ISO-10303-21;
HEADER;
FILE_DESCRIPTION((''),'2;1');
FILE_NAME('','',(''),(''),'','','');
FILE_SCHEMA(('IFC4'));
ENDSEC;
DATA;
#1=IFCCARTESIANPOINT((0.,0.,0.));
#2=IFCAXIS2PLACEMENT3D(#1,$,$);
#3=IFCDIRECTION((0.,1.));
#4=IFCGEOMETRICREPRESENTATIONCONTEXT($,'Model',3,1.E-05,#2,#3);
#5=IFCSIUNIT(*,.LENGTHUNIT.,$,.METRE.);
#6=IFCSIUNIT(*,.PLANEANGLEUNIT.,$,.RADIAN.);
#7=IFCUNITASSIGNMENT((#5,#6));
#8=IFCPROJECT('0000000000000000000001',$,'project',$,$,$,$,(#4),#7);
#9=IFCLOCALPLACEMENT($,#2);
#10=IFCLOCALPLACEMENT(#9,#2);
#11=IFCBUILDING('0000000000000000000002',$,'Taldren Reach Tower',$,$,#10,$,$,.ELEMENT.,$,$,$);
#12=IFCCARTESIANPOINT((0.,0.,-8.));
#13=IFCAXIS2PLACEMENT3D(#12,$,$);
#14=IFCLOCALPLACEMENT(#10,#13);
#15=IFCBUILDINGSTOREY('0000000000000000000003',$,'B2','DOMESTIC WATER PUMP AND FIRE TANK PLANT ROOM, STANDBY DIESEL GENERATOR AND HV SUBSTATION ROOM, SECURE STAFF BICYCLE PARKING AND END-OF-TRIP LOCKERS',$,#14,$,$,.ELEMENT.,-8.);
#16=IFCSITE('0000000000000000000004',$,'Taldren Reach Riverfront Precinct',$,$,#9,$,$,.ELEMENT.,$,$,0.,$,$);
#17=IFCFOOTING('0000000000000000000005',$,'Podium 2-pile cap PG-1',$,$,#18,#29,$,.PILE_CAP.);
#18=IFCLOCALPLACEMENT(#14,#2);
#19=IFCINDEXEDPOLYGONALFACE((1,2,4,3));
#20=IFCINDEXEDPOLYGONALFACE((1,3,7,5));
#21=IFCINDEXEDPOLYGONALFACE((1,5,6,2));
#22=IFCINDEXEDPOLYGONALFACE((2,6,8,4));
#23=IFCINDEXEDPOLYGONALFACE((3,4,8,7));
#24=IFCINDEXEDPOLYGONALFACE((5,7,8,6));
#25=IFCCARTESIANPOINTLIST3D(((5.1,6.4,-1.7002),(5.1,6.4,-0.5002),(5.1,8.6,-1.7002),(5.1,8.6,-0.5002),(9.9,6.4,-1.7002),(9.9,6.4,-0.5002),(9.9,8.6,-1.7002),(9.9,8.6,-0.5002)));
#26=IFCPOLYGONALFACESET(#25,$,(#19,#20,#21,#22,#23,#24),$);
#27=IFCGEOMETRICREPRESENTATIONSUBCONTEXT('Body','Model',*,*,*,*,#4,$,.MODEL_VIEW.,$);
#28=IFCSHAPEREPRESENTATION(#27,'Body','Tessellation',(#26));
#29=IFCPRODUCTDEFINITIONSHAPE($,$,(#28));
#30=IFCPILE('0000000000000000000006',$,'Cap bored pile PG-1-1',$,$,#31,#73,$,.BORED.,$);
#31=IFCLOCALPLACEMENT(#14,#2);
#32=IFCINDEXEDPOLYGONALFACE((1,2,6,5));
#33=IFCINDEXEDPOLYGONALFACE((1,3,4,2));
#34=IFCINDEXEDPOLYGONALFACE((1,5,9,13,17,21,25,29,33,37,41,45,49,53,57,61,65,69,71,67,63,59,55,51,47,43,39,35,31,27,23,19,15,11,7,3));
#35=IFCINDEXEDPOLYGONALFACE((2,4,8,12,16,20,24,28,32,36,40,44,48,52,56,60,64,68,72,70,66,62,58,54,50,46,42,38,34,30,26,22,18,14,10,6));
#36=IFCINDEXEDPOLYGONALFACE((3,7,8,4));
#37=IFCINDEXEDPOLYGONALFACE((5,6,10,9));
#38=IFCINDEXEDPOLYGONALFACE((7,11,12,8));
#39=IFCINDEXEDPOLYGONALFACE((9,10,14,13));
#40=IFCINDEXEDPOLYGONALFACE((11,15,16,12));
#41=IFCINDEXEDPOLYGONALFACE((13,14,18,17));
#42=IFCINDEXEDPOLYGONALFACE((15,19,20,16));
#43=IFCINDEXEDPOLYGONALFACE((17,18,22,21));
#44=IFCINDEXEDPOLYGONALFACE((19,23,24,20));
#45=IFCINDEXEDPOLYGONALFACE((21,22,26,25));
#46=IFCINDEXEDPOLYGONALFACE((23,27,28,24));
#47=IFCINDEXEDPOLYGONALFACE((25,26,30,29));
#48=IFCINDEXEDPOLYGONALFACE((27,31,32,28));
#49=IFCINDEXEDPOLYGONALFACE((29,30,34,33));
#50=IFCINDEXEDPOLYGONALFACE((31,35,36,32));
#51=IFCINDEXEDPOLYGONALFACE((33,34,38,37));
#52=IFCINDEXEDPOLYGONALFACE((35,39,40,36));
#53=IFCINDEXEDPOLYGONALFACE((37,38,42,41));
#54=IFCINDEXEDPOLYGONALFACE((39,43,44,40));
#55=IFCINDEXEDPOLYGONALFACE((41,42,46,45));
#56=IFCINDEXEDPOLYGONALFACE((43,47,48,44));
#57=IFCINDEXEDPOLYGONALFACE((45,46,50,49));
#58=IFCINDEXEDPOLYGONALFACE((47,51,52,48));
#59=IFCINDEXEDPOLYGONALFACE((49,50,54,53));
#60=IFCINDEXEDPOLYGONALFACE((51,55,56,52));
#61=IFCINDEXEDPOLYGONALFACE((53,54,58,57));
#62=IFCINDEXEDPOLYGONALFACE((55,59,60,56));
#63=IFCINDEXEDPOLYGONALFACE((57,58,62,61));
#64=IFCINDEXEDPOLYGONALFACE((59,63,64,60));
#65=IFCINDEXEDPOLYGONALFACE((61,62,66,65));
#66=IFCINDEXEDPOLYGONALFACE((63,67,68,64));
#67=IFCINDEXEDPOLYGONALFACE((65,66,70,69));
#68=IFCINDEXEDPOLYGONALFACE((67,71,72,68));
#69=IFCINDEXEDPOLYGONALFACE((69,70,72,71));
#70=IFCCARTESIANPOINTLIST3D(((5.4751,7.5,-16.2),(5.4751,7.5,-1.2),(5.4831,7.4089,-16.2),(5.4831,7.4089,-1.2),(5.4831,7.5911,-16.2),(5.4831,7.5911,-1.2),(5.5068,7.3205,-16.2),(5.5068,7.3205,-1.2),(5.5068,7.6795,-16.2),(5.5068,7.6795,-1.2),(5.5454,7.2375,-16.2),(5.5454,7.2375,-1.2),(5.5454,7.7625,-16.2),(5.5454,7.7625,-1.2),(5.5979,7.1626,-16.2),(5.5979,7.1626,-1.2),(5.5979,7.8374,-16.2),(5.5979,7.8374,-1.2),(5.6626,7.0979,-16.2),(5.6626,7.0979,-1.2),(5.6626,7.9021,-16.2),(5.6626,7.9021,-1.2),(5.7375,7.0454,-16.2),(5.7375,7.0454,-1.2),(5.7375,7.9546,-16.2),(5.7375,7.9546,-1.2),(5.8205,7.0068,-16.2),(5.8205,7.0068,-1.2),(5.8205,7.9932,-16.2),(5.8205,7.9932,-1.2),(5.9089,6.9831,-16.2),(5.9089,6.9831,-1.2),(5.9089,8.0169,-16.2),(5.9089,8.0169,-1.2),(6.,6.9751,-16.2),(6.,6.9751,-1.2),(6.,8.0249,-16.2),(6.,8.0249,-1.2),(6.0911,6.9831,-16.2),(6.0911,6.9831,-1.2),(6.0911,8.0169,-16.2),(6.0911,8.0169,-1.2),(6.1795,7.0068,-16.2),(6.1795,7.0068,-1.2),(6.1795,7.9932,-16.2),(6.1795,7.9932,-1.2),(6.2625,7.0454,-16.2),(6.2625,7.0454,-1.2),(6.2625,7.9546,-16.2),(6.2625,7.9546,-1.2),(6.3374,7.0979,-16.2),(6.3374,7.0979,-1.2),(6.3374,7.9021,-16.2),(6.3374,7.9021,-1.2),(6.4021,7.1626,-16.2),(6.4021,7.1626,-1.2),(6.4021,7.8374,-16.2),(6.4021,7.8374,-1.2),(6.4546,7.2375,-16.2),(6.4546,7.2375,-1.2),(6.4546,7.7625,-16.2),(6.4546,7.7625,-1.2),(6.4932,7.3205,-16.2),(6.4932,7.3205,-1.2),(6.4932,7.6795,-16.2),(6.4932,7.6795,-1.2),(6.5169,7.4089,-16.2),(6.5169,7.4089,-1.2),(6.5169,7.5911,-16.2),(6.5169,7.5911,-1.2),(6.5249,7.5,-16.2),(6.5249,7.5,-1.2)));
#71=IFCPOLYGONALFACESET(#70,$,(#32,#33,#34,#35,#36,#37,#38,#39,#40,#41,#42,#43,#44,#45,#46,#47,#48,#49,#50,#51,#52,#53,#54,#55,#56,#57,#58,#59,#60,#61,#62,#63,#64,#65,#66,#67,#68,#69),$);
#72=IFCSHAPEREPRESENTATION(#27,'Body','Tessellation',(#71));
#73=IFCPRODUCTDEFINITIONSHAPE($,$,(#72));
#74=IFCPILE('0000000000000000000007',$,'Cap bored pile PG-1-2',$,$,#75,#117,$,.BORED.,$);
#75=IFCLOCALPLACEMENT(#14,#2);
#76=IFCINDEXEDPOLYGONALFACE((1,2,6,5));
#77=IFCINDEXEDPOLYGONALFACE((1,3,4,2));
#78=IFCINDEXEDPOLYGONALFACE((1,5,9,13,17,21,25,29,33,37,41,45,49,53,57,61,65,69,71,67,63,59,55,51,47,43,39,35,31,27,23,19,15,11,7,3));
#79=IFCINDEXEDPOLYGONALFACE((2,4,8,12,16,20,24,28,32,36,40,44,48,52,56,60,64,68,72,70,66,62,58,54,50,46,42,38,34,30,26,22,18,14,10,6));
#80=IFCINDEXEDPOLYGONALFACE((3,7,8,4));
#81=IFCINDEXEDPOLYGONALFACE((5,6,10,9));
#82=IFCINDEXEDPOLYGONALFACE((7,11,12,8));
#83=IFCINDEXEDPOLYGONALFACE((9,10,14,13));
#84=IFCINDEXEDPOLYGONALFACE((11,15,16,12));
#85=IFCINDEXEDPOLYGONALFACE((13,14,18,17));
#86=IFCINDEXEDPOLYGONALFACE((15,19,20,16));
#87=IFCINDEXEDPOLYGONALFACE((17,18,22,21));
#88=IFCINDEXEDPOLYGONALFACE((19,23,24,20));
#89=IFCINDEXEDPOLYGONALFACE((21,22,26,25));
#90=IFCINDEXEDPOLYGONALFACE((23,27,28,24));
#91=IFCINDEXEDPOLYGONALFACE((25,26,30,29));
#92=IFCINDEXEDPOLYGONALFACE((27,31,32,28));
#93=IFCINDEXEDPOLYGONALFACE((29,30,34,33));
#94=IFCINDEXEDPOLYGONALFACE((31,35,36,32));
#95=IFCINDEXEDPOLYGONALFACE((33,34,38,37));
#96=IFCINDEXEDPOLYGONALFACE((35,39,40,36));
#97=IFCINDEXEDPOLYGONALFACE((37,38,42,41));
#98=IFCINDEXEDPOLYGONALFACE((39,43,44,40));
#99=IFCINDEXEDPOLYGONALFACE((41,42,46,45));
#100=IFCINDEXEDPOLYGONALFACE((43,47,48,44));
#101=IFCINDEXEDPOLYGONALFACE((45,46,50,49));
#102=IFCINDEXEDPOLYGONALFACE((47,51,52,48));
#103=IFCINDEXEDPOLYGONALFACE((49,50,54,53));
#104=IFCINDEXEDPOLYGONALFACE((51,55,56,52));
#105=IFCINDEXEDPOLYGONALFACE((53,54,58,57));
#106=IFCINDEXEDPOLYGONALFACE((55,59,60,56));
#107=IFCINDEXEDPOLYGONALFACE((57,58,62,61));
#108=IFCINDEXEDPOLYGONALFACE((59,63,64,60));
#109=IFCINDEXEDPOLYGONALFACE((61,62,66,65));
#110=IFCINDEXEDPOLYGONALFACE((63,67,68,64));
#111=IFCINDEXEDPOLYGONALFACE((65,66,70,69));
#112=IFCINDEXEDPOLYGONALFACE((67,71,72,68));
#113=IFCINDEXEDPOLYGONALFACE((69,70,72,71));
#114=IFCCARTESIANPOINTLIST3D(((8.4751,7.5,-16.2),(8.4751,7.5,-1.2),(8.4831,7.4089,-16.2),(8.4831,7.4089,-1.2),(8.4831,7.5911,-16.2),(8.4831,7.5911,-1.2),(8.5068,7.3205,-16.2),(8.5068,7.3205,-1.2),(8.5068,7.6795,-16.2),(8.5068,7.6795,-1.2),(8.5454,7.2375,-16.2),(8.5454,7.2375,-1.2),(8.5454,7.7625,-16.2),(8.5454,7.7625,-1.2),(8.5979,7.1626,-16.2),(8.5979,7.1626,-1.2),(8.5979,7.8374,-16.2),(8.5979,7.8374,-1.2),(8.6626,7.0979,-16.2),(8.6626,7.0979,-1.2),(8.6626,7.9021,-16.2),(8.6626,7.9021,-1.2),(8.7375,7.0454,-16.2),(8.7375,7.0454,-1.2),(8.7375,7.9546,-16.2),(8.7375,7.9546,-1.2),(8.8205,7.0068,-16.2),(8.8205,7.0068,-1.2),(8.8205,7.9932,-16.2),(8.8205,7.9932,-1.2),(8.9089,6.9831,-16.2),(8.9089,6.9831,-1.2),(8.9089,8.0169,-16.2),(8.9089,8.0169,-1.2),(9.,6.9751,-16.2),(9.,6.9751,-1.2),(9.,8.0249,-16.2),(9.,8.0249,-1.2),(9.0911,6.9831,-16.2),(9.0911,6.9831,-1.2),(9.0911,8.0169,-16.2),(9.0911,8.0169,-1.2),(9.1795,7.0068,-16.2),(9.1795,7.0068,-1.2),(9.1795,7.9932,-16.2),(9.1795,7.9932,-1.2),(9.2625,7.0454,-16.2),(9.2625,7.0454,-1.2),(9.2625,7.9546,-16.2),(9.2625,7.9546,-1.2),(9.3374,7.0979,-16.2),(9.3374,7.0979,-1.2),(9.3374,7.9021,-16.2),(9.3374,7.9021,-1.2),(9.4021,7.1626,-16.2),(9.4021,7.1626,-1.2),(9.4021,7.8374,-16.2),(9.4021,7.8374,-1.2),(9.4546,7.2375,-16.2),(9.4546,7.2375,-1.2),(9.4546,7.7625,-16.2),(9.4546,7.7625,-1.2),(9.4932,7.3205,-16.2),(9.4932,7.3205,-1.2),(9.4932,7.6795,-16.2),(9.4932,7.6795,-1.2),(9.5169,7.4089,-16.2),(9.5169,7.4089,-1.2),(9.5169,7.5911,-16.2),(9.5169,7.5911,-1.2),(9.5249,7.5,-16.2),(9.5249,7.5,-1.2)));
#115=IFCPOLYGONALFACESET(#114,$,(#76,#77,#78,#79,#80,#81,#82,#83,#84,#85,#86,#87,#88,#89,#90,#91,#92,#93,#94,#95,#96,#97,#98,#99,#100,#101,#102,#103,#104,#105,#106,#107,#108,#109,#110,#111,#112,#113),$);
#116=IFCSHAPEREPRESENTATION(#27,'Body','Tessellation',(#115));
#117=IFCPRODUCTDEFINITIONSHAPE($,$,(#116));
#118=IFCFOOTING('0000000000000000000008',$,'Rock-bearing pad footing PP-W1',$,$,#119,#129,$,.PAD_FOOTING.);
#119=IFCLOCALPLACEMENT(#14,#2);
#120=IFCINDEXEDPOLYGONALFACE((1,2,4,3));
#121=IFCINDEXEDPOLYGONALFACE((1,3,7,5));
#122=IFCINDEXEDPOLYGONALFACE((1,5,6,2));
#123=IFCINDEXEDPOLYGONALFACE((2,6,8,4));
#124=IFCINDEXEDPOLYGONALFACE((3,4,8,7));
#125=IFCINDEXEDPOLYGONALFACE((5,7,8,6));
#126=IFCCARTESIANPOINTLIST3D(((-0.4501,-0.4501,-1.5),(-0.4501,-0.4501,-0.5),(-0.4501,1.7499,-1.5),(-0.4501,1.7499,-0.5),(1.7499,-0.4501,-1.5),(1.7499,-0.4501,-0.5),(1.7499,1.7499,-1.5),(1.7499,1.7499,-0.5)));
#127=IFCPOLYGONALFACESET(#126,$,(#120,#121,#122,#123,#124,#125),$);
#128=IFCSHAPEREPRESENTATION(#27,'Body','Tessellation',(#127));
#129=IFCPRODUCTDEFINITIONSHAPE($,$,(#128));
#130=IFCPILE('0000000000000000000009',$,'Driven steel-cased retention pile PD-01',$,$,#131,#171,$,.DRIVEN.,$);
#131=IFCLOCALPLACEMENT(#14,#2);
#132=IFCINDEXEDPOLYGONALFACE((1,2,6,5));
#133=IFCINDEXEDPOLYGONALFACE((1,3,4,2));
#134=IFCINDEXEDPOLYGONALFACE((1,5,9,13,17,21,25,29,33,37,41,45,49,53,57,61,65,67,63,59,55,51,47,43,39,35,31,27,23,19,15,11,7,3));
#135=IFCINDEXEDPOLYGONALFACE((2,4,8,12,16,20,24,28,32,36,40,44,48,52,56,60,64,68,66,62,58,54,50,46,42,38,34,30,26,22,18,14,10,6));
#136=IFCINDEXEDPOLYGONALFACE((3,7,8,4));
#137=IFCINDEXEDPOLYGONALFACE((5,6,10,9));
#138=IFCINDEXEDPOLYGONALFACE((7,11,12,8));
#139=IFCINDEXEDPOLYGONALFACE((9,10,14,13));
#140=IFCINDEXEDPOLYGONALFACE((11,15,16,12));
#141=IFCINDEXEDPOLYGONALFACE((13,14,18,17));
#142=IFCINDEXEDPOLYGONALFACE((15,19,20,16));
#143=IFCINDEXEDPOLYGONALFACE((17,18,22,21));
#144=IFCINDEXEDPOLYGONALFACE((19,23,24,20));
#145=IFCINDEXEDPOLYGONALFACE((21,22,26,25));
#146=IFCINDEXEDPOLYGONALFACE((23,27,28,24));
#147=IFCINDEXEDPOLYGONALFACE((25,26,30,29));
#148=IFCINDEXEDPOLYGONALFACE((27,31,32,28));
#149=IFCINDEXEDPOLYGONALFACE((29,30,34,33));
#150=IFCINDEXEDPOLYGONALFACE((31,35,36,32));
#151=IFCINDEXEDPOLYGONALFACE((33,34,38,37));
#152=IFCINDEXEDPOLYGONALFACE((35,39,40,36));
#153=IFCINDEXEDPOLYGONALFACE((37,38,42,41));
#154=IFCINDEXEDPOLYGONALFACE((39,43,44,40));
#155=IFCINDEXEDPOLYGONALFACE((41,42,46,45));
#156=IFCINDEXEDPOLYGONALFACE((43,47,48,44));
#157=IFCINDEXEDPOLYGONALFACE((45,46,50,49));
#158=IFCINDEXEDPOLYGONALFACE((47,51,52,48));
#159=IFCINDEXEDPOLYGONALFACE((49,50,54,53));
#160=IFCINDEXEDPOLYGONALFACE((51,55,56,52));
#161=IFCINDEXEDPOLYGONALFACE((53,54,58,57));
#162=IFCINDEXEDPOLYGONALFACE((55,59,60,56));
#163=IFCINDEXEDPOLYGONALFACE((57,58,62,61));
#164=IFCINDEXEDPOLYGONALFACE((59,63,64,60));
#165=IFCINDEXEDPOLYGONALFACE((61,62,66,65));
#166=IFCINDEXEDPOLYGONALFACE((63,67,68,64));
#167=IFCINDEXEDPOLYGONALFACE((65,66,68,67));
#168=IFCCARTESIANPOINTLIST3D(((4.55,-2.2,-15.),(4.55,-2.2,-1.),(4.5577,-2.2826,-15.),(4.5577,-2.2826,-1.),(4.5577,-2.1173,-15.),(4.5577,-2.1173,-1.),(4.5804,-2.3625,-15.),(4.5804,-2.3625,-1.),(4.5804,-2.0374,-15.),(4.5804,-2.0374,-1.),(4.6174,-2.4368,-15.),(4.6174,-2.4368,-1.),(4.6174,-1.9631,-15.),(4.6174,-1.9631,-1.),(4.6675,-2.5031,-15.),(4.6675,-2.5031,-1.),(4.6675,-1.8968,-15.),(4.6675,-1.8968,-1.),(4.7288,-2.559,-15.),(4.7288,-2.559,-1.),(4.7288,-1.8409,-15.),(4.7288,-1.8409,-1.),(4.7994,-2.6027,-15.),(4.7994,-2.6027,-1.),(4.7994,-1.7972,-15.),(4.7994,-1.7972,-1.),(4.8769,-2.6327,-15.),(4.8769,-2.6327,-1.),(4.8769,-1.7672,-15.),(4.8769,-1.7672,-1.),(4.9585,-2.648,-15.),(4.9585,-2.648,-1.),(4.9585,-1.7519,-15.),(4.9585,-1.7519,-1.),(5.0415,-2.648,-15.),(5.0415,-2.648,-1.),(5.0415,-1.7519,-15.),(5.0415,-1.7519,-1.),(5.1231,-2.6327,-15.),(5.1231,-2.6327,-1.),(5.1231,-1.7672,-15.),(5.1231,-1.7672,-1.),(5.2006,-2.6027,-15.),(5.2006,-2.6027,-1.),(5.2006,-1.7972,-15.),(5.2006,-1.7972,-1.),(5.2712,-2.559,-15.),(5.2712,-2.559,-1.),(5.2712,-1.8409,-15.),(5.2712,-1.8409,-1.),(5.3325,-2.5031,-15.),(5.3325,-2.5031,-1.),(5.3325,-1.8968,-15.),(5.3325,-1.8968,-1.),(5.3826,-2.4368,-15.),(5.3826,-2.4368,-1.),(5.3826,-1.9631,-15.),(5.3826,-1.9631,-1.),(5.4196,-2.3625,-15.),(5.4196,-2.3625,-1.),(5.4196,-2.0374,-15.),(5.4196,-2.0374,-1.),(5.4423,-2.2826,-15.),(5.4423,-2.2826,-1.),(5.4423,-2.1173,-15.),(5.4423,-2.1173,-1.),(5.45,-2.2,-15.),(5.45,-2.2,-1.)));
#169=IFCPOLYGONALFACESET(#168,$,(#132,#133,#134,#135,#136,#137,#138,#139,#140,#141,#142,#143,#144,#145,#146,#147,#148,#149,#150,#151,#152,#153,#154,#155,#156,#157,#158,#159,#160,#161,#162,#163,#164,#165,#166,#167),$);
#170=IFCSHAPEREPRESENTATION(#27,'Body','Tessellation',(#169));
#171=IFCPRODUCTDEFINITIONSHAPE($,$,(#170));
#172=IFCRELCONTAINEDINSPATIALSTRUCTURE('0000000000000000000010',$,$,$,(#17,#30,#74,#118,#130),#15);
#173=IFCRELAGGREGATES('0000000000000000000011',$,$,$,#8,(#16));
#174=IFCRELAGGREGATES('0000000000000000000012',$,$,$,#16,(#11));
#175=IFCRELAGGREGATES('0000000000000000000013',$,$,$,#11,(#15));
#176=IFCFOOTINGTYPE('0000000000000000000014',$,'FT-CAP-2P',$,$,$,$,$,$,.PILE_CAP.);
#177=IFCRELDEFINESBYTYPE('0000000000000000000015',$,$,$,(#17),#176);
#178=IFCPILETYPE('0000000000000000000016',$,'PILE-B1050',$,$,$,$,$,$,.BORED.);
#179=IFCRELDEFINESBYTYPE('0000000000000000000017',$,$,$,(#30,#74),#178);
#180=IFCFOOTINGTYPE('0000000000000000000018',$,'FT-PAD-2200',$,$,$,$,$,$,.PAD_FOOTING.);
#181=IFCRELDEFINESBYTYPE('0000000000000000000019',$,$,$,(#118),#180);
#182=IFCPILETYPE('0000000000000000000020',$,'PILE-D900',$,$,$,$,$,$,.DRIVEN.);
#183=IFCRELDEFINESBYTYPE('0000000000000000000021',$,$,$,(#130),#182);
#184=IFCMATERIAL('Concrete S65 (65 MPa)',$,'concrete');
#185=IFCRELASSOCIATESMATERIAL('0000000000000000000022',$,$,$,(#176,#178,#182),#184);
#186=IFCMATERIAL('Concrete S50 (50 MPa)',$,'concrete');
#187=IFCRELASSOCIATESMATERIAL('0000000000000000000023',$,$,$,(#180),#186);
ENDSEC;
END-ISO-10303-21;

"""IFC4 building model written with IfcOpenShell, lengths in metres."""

from ifc_helpers import new_model, si_unit, direction, frame, origin, origin_2d, place, context, subcontext, project, spatial, rectangle, circle, extrude, source, transform, mapped, material, material_profile, profile_set, type_object, element, save


model = new_model("IFC4")

# Units and contexts
model_context = context("Model", 3, precision=1e-05, world=origin(), true_north=direction((0.0, 1.0)))
body_context = subcontext(model_context, "Body", "Model", "MODEL_VIEW")
ifc_project = project(units=[si_unit("LENGTHUNIT", "METRE"), si_unit("PLANEANGLEUNIT", "RADIAN")], contexts=[model_context])

# Site, building, storey
site_placement = place(None, origin())
site = spatial("IfcSite", under=ifc_project, at=site_placement, Name="Taldren Reach Riverfront Precinct", CompositionType="ELEMENT", RefElevation=0.0)
building_placement = place(site_placement, origin())
building = spatial("IfcBuilding", under=site, at=building_placement, Name="Taldren Reach Tower", CompositionType="ELEMENT")
storey_placement = place(building_placement, frame((0.0, 0.0, -8.0)))
storey = spatial("IfcBuildingStorey", under=building, at=storey_placement, Name="B2", Description="DOMESTIC WATER PUMP AND FIRE TANK PLANT ROOM, STANDBY DIESEL GENERATOR AND HV SUBSTATION ROOM, SECURE STAFF BICYCLE PARKING AND END-OF-TRIP LOCKERS", CompositionType="ELEMENT", Elevation=-8.0)

# Footing
ifc_material_1 = material(Name="Concrete S65 (65 MPa)", Category="concrete")
footing_type_1 = type_object("IfcFootingType", Name="FT-CAP-2P", PredefinedType="PILE_CAP", material=ifc_material_1)
shared_shape_1 = source(origin(), body_context, "Body", "SweptSolid", [
    extrude(rectangle(XDim=4.8, YDim=2.2, at=origin_2d()), origin(), (0.0, 0.0, 1.0), 1.2),
])
footing_1_placement = place(storey_placement, frame((7.5, 7.5, -1.7002), z_axis=(0.0, 0.0, 1.0), x_axis=(1.0, 0.0, 0.0)))
element("IfcFooting", 1, at=footing_1_placement, inside=storey, type_object=footing_type_1, Name="Podium 2-pile cap PG-1", PredefinedType="PILE_CAP", context=body_context, shape_type="MappedRepresentation", body=[
    mapped(shared_shape_1, transform((0.0, 0.0, 0.0), scale=1.0)),
])

# Piles
ifc_material_profile_1 = material_profile(ifc_material_1, circle(Radius=0.5249, at=origin_2d()), Name="PB-1050")
ifc_profile_set_1 = profile_set([ifc_material_profile_1], Name="Concrete S65 (65 MPa)")
pile_type_1 = type_object("IfcPileType", Name="PILE-B1050", PredefinedType="BORED", material=ifc_profile_set_1)
shared_shape_2 = source(origin(), body_context, "Body", "SweptSolid", [
    extrude(circle(Radius=0.5249, at=origin_2d()), origin(), (0.0, 0.0, 1.0), 15.0),
])
for number, where, z_axis, x_axis, name in (
    (2, (6.0, 7.5, -1.2), (0.0, 0.0, -1.0), (1.0, 0.0, 0.0), "Cap bored pile PG-1-1"),
    (3, (9.0, 7.5, -1.2), (0.0, 0.0, -1.0), (1.0, 0.0, 0.0), "Cap bored pile PG-1-2"),
):
    element("IfcPile", number, at=place(storey_placement, frame(where, z_axis=z_axis, x_axis=x_axis)), inside=storey, type_object=pile_type_1, Name=name, PredefinedType="BORED", context=body_context, shape_type="MappedRepresentation", body=[
        mapped(shared_shape_2, transform((0.0, 0.0, 0.0), scale=1.0)),
    ])

# Footing
ifc_material_2 = material(Name="Concrete S50 (50 MPa)", Category="concrete")
footing_type_2 = type_object("IfcFootingType", Name="FT-PAD-2200", PredefinedType="PAD_FOOTING", material=ifc_material_2)
shared_shape_3 = source(origin(), body_context, "Body", "SweptSolid", [
    extrude(rectangle(XDim=2.2, YDim=2.2, at=origin_2d()), origin(), (0.0, 0.0, 1.0), 1.0),
])
footing_2_placement = place(storey_placement, frame((0.6499, 0.6499, -1.5), z_axis=(0.0, 0.0, 1.0), x_axis=(1.0, 0.0, 0.0)))
element("IfcFooting", 4, at=footing_2_placement, inside=storey, type_object=footing_type_2, Name="Rock-bearing pad footing PP-W1", PredefinedType="PAD_FOOTING", context=body_context, shape_type="MappedRepresentation", body=[
    mapped(shared_shape_3, transform((0.0, 0.0, 0.0), scale=1.0)),
])

# Pile
ifc_material_profile_2 = material_profile(ifc_material_1, circle(Radius=0.45, at=origin_2d()), Name="PD-900")
ifc_profile_set_2 = profile_set([ifc_material_profile_2], Name="Concrete S65 (65 MPa)")
pile_type_2 = type_object("IfcPileType", Name="PILE-D900", PredefinedType="DRIVEN", material=ifc_profile_set_2)
shared_shape_4 = source(origin(), body_context, "Body", "SweptSolid", [
    extrude(circle(Radius=0.45, at=origin_2d()), origin(), (0.0, 0.0, 1.0), 14.0),
])
for number, where, z_axis, x_axis, name in (
    (5, (5.0, -2.2, -1.0), (0.0, 0.0, -1.0), (1.0, 0.0, 0.0), "Driven steel-cased retention pile PD-01"),
):
    element("IfcPile", number, at=place(storey_placement, frame(where, z_axis=z_axis, x_axis=x_axis)), inside=storey, type_object=pile_type_2, Name=name, PredefinedType="DRIVEN", context=body_context, shape_type="MappedRepresentation", body=[
        mapped(shared_shape_4, transform((0.0, 0.0, 0.0), scale=1.0)),
    ])

save(model, "model.ifc")
